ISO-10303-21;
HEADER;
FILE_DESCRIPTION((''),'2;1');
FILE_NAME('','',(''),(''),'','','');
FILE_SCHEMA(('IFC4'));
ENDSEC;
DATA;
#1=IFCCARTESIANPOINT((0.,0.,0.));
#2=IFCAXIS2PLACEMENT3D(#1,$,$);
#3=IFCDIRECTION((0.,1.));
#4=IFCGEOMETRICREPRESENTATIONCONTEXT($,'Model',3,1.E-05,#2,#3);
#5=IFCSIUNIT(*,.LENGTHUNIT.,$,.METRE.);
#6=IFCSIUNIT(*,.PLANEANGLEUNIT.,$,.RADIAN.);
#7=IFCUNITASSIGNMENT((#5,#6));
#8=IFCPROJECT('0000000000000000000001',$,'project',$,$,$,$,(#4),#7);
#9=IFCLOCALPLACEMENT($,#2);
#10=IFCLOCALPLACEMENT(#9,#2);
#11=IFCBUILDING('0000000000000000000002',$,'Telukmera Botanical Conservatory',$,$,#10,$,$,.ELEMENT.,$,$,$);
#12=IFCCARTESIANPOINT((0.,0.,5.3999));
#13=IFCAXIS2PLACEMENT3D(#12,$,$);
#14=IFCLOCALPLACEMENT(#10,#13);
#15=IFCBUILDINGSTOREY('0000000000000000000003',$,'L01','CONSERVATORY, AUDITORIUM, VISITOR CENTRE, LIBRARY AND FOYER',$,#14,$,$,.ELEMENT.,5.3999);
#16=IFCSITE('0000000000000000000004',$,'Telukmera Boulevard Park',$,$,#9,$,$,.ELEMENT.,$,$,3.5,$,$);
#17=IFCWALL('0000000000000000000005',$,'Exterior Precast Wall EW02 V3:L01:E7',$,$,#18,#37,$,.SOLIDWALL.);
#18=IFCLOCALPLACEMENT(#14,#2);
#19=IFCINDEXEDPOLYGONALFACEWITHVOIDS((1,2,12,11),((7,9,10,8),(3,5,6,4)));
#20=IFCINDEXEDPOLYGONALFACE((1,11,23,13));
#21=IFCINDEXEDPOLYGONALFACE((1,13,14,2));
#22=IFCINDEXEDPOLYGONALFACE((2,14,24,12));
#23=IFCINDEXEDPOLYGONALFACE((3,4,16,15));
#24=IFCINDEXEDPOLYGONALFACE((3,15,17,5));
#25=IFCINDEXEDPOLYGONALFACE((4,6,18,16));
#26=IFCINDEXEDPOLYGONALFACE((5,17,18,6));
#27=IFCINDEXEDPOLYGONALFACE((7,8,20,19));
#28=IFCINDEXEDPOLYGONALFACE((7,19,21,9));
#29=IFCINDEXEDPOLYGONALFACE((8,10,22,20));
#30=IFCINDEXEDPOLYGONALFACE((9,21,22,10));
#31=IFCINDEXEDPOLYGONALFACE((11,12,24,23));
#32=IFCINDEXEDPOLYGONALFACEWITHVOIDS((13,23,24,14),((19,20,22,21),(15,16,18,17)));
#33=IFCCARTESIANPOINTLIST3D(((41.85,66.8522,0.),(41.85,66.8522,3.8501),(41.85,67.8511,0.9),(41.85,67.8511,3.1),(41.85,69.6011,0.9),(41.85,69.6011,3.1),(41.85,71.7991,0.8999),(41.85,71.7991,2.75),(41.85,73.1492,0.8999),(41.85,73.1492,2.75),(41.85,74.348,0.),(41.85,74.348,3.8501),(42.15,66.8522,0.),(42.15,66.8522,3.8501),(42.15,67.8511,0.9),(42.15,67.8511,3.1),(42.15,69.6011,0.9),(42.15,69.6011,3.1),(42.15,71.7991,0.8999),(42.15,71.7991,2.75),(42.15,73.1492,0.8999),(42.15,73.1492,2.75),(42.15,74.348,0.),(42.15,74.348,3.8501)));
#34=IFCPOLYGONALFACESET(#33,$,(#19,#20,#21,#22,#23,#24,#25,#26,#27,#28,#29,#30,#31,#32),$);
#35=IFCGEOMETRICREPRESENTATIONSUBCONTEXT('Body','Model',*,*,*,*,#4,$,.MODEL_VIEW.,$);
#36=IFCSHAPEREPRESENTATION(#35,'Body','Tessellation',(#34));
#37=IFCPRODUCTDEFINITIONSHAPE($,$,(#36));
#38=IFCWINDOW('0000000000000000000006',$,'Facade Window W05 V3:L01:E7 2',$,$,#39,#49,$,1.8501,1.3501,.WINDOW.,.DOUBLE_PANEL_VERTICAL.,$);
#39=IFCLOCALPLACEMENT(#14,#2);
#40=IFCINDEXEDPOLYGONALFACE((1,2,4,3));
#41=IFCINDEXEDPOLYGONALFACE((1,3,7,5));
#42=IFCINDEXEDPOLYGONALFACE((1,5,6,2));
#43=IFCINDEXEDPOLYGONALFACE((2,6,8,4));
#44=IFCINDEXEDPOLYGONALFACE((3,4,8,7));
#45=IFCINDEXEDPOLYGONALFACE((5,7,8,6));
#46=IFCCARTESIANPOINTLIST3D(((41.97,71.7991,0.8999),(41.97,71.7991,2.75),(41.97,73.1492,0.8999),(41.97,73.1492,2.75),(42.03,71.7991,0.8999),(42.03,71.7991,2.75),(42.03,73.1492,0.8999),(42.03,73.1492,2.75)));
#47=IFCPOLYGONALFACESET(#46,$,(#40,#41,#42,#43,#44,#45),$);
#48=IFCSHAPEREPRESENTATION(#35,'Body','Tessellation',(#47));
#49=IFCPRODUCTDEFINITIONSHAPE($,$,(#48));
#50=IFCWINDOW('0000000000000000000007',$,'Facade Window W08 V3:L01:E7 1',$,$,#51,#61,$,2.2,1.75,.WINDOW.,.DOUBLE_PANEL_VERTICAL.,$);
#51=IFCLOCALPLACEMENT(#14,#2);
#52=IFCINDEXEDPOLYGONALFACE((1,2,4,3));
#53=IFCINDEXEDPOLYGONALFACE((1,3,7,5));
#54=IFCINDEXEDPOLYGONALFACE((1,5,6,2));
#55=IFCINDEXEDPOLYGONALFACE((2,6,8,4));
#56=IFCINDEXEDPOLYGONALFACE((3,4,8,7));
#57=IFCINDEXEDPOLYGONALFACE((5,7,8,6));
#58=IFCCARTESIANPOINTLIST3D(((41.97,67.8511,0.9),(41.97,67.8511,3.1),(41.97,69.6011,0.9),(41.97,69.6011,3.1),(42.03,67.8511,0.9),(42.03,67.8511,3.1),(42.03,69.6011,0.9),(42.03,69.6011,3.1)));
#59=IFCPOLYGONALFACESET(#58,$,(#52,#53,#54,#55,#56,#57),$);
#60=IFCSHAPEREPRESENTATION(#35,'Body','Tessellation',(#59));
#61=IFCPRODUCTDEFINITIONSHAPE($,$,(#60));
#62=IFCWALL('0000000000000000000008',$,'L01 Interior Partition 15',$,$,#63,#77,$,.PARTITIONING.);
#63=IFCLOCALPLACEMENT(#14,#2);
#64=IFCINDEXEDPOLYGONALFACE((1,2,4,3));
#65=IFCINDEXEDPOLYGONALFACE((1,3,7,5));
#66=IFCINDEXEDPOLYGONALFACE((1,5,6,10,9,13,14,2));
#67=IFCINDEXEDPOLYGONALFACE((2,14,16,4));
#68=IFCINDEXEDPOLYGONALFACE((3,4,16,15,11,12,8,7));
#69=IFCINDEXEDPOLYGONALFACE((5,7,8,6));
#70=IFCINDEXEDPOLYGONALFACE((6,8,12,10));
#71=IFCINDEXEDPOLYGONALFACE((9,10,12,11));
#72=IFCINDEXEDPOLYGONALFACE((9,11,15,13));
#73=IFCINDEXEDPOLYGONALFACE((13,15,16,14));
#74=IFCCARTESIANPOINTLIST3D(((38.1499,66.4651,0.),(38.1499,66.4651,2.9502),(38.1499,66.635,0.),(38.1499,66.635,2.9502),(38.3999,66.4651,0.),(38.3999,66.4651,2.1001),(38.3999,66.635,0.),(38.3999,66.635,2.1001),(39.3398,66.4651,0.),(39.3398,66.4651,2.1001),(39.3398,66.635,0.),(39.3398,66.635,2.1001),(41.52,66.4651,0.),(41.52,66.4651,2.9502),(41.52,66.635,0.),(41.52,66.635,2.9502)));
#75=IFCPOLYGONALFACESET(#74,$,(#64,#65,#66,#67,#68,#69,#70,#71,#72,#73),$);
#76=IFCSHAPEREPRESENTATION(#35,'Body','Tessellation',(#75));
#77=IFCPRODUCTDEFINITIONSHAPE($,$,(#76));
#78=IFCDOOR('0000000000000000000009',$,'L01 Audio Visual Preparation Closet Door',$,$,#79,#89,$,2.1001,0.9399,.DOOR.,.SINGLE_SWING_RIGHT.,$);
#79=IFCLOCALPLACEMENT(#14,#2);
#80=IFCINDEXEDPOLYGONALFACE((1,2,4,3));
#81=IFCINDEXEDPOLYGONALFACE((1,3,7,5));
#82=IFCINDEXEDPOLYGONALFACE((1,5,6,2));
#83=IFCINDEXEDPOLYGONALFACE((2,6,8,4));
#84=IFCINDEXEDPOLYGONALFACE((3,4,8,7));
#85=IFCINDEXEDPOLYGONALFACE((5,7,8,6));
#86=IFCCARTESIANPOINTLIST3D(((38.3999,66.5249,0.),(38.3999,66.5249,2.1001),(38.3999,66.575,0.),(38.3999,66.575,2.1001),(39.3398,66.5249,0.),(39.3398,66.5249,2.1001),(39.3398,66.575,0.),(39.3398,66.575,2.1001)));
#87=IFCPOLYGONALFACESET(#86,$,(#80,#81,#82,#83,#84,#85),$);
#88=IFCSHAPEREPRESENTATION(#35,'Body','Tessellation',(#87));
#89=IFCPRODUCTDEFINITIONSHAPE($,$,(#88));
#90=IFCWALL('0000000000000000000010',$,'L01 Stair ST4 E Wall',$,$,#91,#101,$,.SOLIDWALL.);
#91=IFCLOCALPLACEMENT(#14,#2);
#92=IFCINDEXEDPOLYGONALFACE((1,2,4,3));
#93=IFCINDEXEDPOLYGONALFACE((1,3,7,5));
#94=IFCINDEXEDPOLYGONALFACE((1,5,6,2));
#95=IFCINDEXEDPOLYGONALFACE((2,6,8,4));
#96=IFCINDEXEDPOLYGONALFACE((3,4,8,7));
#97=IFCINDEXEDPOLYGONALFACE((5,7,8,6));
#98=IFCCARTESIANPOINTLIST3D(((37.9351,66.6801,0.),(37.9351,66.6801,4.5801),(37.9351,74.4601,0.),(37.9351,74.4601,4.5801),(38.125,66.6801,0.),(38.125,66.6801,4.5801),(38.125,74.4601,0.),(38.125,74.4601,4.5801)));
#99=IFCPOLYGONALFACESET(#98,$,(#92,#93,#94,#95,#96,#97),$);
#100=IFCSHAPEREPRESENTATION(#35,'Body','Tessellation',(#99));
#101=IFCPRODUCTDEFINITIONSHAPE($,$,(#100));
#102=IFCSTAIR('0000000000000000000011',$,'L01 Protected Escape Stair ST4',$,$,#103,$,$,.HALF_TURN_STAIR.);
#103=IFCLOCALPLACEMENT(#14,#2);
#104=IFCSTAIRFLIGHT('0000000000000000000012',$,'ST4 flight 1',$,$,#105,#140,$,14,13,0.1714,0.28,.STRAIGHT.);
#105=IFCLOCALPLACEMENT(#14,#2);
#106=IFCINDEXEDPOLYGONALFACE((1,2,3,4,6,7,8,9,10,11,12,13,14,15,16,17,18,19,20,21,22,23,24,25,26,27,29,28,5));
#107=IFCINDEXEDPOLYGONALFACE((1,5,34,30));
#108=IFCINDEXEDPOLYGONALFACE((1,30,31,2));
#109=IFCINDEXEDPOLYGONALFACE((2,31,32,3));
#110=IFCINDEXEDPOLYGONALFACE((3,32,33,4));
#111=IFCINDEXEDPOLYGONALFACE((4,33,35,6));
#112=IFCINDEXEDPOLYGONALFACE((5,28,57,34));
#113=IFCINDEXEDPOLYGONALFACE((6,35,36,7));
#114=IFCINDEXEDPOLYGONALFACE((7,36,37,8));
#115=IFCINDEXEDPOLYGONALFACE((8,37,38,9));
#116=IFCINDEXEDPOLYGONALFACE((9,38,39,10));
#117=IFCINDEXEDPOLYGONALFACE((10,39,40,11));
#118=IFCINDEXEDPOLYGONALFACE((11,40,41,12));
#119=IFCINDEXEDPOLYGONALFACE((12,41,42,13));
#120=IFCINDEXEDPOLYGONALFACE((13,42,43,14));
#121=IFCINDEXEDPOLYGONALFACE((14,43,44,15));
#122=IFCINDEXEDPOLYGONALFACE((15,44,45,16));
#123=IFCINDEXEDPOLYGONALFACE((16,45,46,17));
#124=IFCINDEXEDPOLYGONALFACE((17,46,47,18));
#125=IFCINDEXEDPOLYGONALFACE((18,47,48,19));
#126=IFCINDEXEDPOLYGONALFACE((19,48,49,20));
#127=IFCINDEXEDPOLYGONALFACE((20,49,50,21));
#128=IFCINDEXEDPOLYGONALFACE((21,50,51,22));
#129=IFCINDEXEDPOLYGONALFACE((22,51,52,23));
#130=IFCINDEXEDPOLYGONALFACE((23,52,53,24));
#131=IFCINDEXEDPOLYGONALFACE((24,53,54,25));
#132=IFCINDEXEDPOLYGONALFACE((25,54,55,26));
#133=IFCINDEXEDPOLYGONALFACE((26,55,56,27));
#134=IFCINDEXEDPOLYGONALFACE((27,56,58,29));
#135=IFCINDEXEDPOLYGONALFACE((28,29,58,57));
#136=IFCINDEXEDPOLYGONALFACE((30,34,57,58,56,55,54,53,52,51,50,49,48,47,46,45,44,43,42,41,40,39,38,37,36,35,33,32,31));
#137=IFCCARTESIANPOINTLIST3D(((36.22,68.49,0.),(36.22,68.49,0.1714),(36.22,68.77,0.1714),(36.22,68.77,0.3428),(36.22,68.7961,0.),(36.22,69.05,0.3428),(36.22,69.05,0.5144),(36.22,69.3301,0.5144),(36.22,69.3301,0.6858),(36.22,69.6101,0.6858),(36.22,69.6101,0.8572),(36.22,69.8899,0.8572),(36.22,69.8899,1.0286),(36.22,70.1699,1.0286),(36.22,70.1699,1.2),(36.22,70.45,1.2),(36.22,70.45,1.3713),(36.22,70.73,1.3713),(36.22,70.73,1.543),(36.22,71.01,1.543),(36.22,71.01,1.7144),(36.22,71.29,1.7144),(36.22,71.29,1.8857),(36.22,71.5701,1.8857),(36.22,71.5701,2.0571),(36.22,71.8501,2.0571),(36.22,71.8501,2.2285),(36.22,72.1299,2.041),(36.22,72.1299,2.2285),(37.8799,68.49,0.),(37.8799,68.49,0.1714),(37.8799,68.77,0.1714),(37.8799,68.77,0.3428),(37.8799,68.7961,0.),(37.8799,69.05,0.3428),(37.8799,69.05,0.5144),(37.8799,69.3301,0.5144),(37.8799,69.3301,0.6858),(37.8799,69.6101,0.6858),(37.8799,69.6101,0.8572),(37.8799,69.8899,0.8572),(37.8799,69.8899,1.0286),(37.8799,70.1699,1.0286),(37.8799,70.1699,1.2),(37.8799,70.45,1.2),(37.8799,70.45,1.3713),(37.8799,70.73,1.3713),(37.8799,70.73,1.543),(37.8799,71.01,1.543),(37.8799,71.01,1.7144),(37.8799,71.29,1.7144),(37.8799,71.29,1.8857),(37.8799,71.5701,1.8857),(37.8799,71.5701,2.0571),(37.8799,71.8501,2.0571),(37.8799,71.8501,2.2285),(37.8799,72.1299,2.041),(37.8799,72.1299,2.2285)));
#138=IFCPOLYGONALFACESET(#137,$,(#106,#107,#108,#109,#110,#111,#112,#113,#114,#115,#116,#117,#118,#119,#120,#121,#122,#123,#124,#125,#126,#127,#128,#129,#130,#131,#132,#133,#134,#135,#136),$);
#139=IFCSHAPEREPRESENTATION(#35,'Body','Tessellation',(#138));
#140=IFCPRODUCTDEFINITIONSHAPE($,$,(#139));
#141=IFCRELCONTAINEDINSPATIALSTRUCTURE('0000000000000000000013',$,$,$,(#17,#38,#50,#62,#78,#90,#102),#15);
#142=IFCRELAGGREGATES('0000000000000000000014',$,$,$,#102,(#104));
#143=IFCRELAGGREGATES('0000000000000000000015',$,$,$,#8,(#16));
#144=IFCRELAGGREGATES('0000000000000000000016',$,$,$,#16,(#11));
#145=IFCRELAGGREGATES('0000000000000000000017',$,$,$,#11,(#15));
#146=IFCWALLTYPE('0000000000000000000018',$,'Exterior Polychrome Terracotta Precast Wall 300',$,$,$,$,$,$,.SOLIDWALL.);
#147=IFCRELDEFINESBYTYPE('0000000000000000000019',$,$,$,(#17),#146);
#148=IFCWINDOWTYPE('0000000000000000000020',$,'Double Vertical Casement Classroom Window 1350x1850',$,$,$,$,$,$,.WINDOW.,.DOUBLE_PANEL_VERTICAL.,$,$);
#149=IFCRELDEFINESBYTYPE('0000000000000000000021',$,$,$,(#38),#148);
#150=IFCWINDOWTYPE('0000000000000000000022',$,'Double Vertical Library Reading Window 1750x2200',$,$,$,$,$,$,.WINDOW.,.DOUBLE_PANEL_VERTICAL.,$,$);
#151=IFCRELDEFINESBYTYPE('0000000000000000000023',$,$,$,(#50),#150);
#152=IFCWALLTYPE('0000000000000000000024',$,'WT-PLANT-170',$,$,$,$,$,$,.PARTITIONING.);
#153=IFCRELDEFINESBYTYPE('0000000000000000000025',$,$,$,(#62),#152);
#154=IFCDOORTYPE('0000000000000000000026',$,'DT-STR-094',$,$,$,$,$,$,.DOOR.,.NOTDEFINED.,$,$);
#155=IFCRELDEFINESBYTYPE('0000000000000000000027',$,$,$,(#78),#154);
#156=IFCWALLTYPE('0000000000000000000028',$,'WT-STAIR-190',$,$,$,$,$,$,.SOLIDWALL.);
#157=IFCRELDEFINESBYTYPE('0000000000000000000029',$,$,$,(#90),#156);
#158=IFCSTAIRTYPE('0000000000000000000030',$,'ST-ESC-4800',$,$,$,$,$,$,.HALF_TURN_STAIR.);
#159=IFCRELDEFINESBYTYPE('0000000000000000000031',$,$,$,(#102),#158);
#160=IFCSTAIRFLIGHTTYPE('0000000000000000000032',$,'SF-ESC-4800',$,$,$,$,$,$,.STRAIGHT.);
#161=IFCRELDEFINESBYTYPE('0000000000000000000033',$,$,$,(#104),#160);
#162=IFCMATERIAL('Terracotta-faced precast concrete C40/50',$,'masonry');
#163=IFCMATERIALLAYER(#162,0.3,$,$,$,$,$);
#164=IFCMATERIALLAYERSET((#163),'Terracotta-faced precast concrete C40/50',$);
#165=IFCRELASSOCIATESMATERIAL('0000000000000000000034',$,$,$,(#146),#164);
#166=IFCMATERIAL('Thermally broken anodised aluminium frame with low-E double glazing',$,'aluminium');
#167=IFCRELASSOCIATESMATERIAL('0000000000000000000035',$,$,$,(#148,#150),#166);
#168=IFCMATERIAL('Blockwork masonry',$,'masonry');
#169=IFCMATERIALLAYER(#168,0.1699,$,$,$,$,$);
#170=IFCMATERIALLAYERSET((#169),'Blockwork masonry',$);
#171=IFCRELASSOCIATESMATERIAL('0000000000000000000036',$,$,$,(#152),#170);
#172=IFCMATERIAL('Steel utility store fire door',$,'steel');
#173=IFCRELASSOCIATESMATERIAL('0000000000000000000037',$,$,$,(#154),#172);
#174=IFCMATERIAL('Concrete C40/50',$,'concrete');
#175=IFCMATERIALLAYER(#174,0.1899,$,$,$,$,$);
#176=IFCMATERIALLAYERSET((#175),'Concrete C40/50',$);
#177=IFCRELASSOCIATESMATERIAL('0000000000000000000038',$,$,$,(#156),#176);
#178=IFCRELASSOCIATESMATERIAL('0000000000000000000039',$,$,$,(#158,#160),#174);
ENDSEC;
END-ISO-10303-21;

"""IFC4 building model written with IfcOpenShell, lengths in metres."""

from ifc_helpers import new_model, si_unit, direction, frame, frame_2d, origin, place, context, subcontext, project, spatial, polyline, rectangle, outline, extrude, material, layer, layer_set, type_object, element, fill, aggregate, save


model = new_model("IFC4")

# Units and contexts
model_context = context("Model", 3, precision=1e-05, world=origin(), true_north=direction((0.0, 1.0)))
body_context = subcontext(model_context, "Body", "Model", "MODEL_VIEW")
ifc_project = project(units=[si_unit("LENGTHUNIT", "METRE"), si_unit("PLANEANGLEUNIT", "RADIAN")], contexts=[model_context])

# Site, building, storey
site_placement = place(None, origin())
site = spatial("IfcSite", under=ifc_project, at=site_placement, Name="Telukmera Boulevard Park", CompositionType="ELEMENT", RefElevation=3.5)
building_placement = place(site_placement, origin())
building = spatial("IfcBuilding", under=site, at=building_placement, Name="Telukmera Botanical Conservatory", CompositionType="ELEMENT")
storey_placement = place(building_placement, frame((0.0, 0.0, 5.3999)))
storey = spatial("IfcBuildingStorey", under=building, at=storey_placement, Name="L01", Description="CONSERVATORY, AUDITORIUM, VISITOR CENTRE, LIBRARY AND FOYER", CompositionType="ELEMENT", Elevation=5.3999)

# Shared definitions
ifc_material_1 = material(Name="Concrete C40/50", Category="concrete")

# Wall, openings, windows
ifc_material_2 = material(Name="Terracotta-faced precast concrete C40/50", Category="masonry")
ifc_layer_1 = layer(ifc_material_2, 0.3)
ifc_layer_set_1 = layer_set([ifc_layer_1], Name="Terracotta-faced precast concrete C40/50")
wall_type_1 = type_object("IfcWallType", Name="Exterior Polychrome Terracotta Precast Wall 300", PredefinedType="SOLIDWALL", material=ifc_layer_set_1)
wall_1_placement = place(storey_placement, frame((42.0, 66.8521, 0.0), z_axis=(0.0, 0.0, 1.0), x_axis=(0.0, 1.0, 0.0)))
wall_1 = element("IfcWall", 1, at=wall_1_placement, inside=storey, type_object=wall_type_1, Name="Exterior Precast Wall EW02 V3:L01:E7", PredefinedType="SOLIDWALL", context=body_context, shape_type="SweptSolid", body=[
    extrude(rectangle(XDim=7.4958, YDim=0.3, at=frame_2d((3.748, 0.0))), origin(), (0.0, 0.0, 1.0), 3.8501),
])
opening_1_placement = place(wall_1_placement, frame((0.999, 0.0, 0.8999)))
opening_1 = element("IfcOpeningElement", 2, at=opening_1_placement, cuts=wall_1, PredefinedType="OPENING", context=body_context, shape_type="SweptSolid", body=[
    extrude(rectangle(XDim=1.75, YDim=2.2, at=frame_2d((0.875, 1.1001))), frame((0.0, 0.1599, 0.0), z_axis=(0.0, -1.0, 0.0), x_axis=(1.0, 0.0, 0.0)), (0.0, 0.0, 1.0), 0.3201),
])
opening_2_placement = place(wall_1_placement, frame((4.947, 0.0, 0.8999)))
opening_2 = element("IfcOpeningElement", 3, at=opening_2_placement, cuts=wall_1, PredefinedType="OPENING", context=body_context, shape_type="SweptSolid", body=[
    extrude(rectangle(XDim=1.3501, YDim=1.8501, at=frame_2d((0.675, 0.925))), frame((0.0, 0.1599, 0.0), z_axis=(0.0, -1.0, 0.0), x_axis=(1.0, 0.0, 0.0)), (0.0, 0.0, 1.0), 0.3201),
])
ifc_material_3 = material(Name="Thermally broken anodised aluminium frame with low-E double glazing", Category="aluminium")
window_type_1 = type_object("IfcWindowType", Name="Double Vertical Casement Classroom Window 1350x1850", PartitioningType="DOUBLE_PANEL_VERTICAL", PredefinedType="WINDOW", material=ifc_material_3)
window_1_placement = place(opening_2_placement, origin())
window_1 = element("IfcWindow", 4, at=window_1_placement, inside=storey, type_object=window_type_1, Name="Facade Window W05 V3:L01:E7 2", OverallHeight=1.8501, OverallWidth=1.3501, PartitioningType="DOUBLE_PANEL_VERTICAL", PredefinedType="WINDOW", context=body_context, shape_type="SweptSolid", body=[
    extrude(rectangle(XDim=1.3501, YDim=1.8501, at=frame_2d((0.675, 0.925))), frame((0.0, 0.03, 0.0), z_axis=(0.0, -1.0, 0.0), x_axis=(1.0, 0.0, 0.0)), (0.0, 0.0, 1.0), 0.0601),
])
fill(opening_2, window_1)
window_type_2 = type_object("IfcWindowType", Name="Double Vertical Library Reading Window 1750x2200", PartitioningType="DOUBLE_PANEL_VERTICAL", PredefinedType="WINDOW", material=ifc_material_3)
window_2_placement = place(opening_1_placement, origin())
window_2 = element("IfcWindow", 5, at=window_2_placement, inside=storey, type_object=window_type_2, Name="Facade Window W08 V3:L01:E7 1", OverallHeight=2.2, OverallWidth=1.75, PartitioningType="DOUBLE_PANEL_VERTICAL", PredefinedType="WINDOW", context=body_context, shape_type="SweptSolid", body=[
    extrude(rectangle(XDim=1.75, YDim=2.2, at=frame_2d((0.875, 1.1001))), frame((0.0, 0.03, 0.0), z_axis=(0.0, -1.0, 0.0), x_axis=(1.0, 0.0, 0.0)), (0.0, 0.0, 1.0), 0.0601),
])
fill(opening_1, window_2)

# Wall, opening, door
ifc_material_4 = material(Name="Blockwork masonry", Category="masonry")
ifc_layer_2 = layer(ifc_material_4, 0.1699)
ifc_layer_set_2 = layer_set([ifc_layer_2], Name="Blockwork masonry")
wall_type_2 = type_object("IfcWallType", Name="WT-PLANT-170", PredefinedType="PARTITIONING", material=ifc_layer_set_2)
wall_2_placement = place(storey_placement, frame((38.1499, 66.55, 0.0), z_axis=(0.0, 0.0, 1.0), x_axis=(1.0, 0.0, 0.0)))
wall_2 = element("IfcWall", 6, at=wall_2_placement, inside=storey, type_object=wall_type_2, Name="L01 Interior Partition 15", PredefinedType="PARTITIONING", context=body_context, shape_type="SweptSolid", body=[
    extrude(rectangle(XDim=3.3701, YDim=0.1699, at=frame_2d((1.6851, 0.0))), origin(), (0.0, 0.0, 1.0), 2.9502),
])
opening_3_placement = place(wall_2_placement, frame((0.25, 0.0, 0.0)))
opening_3 = element("IfcOpeningElement", 7, at=opening_3_placement, cuts=wall_2, PredefinedType="OPENING", context=body_context, shape_type="SweptSolid", body=[
    extrude(rectangle(XDim=0.9399, YDim=2.1001, at=frame_2d((0.47, 1.05))), frame((0.0, 0.095, 0.0), z_axis=(0.0, -1.0, 0.0), x_axis=(1.0, 0.0, 0.0)), (0.0, 0.0, 1.0), 0.1899),
])
ifc_material_5 = material(Name="Steel utility store fire door", Category="steel")
door_type = type_object("IfcDoorType", Name="DT-STR-094", OperationType="NOTDEFINED", PredefinedType="DOOR", material=ifc_material_5)
door_placement = place(opening_3_placement, origin())
door = element("IfcDoor", 8, at=door_placement, inside=storey, type_object=door_type, Name="L01 Audio Visual Preparation Closet Door", OperationType="SINGLE_SWING_RIGHT", OverallHeight=2.1001, OverallWidth=0.9399, PredefinedType="DOOR", context=body_context, shape_type="SweptSolid", body=[
    extrude(rectangle(XDim=0.9399, YDim=2.1001, at=frame_2d((0.47, 1.05))), frame((0.0, 0.0249, 0.0), z_axis=(0.0, -1.0, 0.0), x_axis=(1.0, 0.0, 0.0)), (0.0, 0.0, 1.0), 0.05),
])
fill(opening_3, door)

# Wall
ifc_layer_3 = layer(ifc_material_1, 0.1899)
ifc_layer_set_3 = layer_set([ifc_layer_3], Name="Concrete C40/50")
wall_type_3 = type_object("IfcWallType", Name="WT-STAIR-190", PredefinedType="SOLIDWALL", material=ifc_layer_set_3)
wall_3_placement = place(storey_placement, frame((38.03, 66.6799, 0.0), z_axis=(0.0, 0.0, 1.0), x_axis=(0.0, 1.0, 0.0)))
element("IfcWall", 9, at=wall_3_placement, inside=storey, type_object=wall_type_3, Name="L01 Stair ST4 E Wall", PredefinedType="SOLIDWALL", context=body_context, shape_type="SweptSolid", body=[
    extrude(rectangle(XDim=7.78, YDim=0.1899, at=frame_2d((3.8901, 0.0))), origin(), (0.0, 0.0, 1.0), 4.5801),
])

# Stair, stair flight
stair_type = type_object("IfcStairType", Name="ST-ESC-4800", PredefinedType="HALF_TURN_STAIR", material=ifc_material_1)
stair_placement = place(storey_placement, origin())
stair = element("IfcStair", 10, at=stair_placement, inside=storey, type_object=stair_type, Name="L01 Protected Escape Stair ST4", PredefinedType="HALF_TURN_STAIR")
stair_flight_type = type_object("IfcStairFlightType", Name="SF-ESC-4800", PredefinedType="STRAIGHT", material=ifc_material_1)
stair_flight_1_placement = place(storey_placement, frame((37.05, 68.49, 0.0), z_axis=(0.0, 0.0, 1.0), x_axis=(0.0, 1.0, 0.0)))
stair_flight_1 = element("IfcStairFlight", 11, at=stair_flight_1_placement, type_object=stair_flight_type, Name="ST4 flight 1", NumberOfRisers=14, NumberOfTreads=13, PredefinedType="STRAIGHT", RiserHeight=0.1714, TreadLength=0.28, context=body_context, shape_type="SweptSolid", body=[
    extrude(outline(polyline([(0.0, 0.0), (0.0, 0.1714), (0.28, 0.1714), (0.28, 0.3428), (0.5601, 0.3428), (0.5601, 0.5144), (0.8401, 0.5144), (0.8401, 0.6858), (1.1201, 0.6858), (1.1201, 0.8572), (1.3999, 0.8572), (1.3999, 1.0286), (1.6799, 1.0286), (1.6799, 1.2), (1.96, 1.2), (1.96, 1.3713), (2.24, 1.3713), (2.24, 1.543), (2.52, 1.543), (2.52, 1.7144), (2.8, 1.7144), (2.8, 1.8857), (3.0801, 1.8857), (3.0801, 2.0571), (3.3601, 2.0571), (3.3601, 2.2285), (3.6399, 2.2285), (3.6399, 2.3999), (3.6399, 2.041), (0.3062, 0.0), (0.0, 0.0)])), frame((0.0, 0.8301, 0.0), z_axis=(0.0, -1.0, 0.0), x_axis=(1.0, 0.0, 0.0)), (0.0, 0.0, 1.0), 1.6599),
])
aggregate(stair, [stair_flight_1])

save(model, "model.ifc")
